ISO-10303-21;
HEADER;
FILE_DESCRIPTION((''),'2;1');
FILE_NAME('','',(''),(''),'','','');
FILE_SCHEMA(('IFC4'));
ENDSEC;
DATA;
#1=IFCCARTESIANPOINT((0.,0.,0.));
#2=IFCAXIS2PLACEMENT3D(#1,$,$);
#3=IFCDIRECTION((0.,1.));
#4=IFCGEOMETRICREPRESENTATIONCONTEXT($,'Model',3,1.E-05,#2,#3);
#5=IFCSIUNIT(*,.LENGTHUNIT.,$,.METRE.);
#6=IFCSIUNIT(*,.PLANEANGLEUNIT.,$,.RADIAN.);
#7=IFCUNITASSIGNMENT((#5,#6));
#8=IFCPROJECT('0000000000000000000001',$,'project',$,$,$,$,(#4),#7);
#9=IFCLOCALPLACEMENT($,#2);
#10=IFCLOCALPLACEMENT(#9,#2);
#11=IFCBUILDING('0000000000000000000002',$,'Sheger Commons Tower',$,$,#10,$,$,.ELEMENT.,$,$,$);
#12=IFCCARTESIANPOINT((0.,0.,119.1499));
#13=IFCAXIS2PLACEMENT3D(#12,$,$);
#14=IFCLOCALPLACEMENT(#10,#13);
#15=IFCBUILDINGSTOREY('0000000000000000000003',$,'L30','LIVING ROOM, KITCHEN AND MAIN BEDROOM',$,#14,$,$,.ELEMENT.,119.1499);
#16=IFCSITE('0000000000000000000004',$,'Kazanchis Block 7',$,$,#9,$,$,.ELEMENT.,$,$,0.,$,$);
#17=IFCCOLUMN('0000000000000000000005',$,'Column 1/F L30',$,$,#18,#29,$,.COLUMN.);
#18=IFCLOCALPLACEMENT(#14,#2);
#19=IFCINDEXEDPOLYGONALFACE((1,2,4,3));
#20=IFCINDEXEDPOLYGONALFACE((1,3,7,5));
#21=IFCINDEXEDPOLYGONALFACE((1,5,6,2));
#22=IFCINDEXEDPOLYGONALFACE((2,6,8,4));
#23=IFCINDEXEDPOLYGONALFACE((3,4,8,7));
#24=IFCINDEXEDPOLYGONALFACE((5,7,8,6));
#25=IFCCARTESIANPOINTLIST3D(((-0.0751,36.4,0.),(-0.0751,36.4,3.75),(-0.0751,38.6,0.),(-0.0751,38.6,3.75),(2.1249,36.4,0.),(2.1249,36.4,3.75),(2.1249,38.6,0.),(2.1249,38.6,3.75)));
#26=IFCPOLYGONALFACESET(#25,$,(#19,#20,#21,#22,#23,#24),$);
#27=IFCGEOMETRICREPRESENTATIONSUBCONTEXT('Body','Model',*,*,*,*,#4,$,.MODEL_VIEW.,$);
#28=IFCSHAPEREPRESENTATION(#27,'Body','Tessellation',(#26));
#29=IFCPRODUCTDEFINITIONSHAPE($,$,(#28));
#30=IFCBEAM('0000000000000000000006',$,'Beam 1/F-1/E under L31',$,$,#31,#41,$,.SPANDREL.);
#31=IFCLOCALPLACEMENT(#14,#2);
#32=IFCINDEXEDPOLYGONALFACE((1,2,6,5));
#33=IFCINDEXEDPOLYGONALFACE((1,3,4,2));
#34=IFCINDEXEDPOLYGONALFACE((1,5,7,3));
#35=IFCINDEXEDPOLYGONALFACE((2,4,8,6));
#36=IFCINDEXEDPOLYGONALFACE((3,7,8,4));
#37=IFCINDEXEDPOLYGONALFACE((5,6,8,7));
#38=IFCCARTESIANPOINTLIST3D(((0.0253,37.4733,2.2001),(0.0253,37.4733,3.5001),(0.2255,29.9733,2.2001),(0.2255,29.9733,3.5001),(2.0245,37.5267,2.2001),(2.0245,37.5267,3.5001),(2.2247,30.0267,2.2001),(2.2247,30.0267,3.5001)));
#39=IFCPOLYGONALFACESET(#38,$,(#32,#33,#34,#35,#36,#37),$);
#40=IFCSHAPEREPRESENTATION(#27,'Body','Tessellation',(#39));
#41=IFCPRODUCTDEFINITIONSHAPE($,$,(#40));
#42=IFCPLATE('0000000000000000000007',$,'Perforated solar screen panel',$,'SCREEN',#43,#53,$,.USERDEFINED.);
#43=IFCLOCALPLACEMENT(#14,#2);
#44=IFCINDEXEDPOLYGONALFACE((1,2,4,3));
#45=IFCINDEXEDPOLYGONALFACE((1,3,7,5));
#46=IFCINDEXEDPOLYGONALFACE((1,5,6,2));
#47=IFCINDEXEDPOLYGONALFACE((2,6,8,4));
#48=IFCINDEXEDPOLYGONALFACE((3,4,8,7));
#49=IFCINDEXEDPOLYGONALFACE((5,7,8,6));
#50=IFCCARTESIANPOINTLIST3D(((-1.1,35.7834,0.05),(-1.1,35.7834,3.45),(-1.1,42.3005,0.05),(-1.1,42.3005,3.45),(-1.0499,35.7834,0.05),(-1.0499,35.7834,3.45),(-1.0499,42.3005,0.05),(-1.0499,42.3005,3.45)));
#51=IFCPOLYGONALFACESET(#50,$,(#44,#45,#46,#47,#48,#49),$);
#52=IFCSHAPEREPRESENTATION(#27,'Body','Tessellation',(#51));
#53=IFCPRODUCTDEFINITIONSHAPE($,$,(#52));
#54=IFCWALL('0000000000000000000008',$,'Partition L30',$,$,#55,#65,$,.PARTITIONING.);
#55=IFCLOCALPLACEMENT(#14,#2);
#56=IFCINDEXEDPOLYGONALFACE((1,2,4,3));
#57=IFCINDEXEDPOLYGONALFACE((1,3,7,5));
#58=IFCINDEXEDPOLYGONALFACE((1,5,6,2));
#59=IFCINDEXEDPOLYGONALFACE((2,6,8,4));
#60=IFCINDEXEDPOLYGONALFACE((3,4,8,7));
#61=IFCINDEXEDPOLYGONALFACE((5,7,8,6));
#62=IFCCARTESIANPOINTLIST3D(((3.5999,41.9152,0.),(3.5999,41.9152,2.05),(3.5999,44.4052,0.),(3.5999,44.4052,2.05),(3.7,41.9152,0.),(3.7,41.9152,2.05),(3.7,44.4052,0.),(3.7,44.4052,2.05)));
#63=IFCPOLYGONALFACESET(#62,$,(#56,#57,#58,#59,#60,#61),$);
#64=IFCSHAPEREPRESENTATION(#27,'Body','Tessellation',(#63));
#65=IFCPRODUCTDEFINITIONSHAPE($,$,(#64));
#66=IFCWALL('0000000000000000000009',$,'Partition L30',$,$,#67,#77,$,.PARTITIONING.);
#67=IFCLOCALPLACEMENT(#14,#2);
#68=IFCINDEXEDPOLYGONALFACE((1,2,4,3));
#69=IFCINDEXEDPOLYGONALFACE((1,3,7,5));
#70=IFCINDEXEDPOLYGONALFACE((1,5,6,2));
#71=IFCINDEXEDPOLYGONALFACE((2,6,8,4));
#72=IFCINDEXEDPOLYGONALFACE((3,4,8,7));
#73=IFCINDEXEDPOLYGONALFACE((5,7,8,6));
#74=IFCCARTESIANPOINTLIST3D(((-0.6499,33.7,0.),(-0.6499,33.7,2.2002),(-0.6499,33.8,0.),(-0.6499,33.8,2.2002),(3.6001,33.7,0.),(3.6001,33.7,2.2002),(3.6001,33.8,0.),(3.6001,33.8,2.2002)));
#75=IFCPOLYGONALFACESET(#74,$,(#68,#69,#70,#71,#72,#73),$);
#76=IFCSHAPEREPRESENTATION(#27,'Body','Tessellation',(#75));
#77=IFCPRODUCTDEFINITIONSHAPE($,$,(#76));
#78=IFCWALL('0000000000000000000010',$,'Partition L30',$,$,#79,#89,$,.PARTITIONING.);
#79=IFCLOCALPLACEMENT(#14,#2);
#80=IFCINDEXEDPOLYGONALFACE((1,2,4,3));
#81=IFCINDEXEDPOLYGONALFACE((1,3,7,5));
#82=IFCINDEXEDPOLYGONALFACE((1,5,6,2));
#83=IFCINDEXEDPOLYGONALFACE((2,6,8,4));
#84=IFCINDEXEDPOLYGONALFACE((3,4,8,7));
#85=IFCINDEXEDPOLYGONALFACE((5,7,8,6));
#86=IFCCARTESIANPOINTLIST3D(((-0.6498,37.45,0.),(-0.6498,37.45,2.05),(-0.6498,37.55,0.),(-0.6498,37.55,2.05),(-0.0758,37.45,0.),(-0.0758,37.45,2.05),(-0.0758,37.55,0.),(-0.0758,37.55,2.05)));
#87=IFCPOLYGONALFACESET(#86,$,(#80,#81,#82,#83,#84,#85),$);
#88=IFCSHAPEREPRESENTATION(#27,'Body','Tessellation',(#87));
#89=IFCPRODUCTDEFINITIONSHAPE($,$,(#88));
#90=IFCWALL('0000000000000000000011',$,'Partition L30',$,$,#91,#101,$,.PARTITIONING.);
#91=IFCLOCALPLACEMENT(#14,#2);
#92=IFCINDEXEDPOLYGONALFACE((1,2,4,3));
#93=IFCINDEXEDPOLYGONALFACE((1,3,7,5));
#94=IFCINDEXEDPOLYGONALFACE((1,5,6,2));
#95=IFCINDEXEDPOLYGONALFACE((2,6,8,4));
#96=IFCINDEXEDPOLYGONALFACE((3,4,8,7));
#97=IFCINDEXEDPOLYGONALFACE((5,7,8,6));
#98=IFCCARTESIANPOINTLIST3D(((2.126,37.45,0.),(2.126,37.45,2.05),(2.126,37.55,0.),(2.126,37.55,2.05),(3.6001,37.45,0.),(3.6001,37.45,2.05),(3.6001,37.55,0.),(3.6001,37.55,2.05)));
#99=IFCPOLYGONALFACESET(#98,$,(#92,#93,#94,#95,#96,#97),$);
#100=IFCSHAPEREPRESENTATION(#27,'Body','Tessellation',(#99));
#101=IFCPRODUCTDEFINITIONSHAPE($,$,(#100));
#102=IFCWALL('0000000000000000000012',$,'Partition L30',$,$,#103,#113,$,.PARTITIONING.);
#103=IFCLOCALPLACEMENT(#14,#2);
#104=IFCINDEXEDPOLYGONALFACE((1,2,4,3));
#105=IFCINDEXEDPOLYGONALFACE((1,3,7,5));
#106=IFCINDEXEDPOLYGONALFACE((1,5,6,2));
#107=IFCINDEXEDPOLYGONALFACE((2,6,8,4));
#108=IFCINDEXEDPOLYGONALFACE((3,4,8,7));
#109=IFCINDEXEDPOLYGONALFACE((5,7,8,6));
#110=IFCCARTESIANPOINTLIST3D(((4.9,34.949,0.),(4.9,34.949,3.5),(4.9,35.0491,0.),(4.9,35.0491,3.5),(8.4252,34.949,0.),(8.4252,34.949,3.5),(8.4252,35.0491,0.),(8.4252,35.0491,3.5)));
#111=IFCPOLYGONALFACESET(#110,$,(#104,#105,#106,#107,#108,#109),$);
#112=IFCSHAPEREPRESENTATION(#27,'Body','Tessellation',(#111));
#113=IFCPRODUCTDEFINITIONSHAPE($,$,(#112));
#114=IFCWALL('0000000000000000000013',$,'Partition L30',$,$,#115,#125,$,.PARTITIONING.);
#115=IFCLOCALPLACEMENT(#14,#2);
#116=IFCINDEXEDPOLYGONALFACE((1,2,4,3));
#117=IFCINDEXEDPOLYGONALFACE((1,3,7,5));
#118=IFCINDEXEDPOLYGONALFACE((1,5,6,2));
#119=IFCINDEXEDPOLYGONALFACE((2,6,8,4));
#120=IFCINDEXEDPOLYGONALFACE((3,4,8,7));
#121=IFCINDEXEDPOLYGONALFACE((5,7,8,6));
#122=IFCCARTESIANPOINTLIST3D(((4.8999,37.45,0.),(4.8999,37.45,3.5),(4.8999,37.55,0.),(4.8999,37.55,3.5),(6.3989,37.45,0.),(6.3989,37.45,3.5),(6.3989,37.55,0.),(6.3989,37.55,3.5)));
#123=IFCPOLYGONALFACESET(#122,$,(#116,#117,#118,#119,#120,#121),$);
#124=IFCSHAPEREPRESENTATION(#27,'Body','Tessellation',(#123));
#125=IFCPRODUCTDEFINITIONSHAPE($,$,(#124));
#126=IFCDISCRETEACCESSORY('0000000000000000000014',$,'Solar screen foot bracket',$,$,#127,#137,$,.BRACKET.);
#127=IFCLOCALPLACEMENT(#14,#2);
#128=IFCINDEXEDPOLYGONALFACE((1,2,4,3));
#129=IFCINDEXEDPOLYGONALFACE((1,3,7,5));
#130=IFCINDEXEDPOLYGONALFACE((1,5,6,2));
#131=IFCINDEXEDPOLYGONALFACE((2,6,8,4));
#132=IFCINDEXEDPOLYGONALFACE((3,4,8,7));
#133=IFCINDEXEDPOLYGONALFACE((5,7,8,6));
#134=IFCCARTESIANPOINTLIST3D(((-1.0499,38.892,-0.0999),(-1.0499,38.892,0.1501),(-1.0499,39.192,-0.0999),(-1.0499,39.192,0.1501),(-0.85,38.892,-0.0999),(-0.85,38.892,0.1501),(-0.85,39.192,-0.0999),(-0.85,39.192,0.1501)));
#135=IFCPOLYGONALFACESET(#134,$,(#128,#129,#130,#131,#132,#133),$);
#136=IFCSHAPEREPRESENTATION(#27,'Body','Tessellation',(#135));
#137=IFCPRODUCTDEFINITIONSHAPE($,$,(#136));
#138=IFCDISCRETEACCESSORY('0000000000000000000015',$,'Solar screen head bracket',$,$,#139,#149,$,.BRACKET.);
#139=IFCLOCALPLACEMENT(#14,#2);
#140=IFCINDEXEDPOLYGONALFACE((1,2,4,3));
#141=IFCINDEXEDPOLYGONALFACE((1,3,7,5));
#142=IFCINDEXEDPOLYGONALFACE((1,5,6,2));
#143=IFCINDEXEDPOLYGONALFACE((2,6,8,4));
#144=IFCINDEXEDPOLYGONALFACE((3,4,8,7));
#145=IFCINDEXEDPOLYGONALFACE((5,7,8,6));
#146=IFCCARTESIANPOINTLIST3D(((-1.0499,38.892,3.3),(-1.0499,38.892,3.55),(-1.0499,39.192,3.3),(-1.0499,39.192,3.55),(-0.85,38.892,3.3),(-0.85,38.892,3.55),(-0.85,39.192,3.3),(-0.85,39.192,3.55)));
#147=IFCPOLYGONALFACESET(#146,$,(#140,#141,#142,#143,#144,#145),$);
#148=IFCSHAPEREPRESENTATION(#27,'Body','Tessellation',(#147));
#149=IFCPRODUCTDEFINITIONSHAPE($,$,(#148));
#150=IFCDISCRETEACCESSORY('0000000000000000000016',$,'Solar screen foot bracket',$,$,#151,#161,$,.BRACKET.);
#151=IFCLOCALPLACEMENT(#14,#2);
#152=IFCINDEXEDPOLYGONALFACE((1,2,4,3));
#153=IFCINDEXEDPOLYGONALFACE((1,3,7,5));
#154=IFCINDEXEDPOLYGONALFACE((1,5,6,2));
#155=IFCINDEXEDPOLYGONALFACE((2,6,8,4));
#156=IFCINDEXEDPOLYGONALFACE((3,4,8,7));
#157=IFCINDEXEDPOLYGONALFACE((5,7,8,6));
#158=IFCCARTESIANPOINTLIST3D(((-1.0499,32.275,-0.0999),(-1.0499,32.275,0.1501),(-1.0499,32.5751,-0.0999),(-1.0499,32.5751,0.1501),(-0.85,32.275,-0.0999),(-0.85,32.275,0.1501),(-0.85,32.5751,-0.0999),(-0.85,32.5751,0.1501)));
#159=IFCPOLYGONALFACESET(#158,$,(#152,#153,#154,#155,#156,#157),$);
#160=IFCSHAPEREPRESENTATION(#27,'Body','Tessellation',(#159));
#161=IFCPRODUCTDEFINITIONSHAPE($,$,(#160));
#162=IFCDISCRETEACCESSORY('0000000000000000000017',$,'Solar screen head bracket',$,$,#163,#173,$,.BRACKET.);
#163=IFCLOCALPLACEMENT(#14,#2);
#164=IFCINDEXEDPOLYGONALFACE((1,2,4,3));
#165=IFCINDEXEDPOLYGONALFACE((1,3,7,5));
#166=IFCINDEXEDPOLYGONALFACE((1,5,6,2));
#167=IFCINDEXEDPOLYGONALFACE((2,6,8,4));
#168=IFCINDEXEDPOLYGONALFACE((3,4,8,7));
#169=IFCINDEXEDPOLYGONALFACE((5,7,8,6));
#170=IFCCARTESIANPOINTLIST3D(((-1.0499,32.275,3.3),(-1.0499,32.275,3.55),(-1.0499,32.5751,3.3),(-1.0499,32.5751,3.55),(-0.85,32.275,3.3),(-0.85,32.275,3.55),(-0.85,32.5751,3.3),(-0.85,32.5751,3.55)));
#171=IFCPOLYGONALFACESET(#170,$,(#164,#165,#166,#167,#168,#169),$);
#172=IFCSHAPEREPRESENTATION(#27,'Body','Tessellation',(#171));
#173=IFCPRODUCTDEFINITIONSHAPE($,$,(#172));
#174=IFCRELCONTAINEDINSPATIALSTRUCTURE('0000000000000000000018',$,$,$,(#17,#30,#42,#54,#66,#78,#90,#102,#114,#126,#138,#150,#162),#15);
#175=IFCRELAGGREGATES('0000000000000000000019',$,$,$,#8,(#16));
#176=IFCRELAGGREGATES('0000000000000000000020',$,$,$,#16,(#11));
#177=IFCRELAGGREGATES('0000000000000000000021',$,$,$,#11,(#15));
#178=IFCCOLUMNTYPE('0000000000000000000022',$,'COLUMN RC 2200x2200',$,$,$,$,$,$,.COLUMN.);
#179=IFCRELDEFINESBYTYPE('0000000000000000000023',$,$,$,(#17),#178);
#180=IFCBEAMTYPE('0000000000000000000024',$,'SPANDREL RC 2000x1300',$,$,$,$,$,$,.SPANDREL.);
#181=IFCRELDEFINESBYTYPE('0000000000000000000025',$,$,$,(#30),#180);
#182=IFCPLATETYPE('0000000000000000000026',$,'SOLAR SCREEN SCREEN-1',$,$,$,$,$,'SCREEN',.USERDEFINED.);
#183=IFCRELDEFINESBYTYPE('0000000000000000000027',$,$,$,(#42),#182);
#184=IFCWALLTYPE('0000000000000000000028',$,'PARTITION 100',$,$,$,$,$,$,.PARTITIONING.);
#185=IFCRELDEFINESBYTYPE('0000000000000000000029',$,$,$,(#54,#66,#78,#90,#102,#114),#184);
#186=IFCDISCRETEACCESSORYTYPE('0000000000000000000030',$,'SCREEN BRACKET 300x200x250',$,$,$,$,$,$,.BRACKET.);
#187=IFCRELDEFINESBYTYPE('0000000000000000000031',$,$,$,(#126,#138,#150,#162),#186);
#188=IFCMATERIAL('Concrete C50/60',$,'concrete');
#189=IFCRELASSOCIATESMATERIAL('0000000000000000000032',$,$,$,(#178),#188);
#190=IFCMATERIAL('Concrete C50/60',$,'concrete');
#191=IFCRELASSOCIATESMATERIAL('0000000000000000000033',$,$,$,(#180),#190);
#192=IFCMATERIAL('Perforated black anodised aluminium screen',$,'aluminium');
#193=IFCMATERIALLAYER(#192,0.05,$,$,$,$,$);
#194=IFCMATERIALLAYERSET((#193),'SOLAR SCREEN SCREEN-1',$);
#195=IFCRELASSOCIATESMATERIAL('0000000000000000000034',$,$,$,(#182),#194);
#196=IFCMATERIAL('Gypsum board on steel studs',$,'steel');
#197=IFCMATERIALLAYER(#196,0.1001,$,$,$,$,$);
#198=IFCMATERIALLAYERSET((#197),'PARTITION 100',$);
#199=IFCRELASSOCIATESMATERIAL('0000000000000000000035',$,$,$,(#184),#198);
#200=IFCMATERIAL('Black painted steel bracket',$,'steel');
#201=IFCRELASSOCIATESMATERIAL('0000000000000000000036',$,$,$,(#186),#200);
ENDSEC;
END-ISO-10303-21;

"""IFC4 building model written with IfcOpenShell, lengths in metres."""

from ifc_helpers import new_model, si_unit, direction, frame, frame_2d, origin, origin_2d, place, context, subcontext, project, spatial, rectangle, extrude, material, layer, layer_set, material_profile, profile_set, type_object, element, save


model = new_model("IFC4")

# Units and contexts
model_context = context("Model", 3, precision=1e-05, world=origin(), true_north=direction((0.0, 1.0)))
body_context = subcontext(model_context, "Body", "Model", "MODEL_VIEW")
ifc_project = project(units=[si_unit("LENGTHUNIT", "METRE"), si_unit("PLANEANGLEUNIT", "RADIAN")], contexts=[model_context])

# Site, building, storey
site_placement = place(None, origin())
site = spatial("IfcSite", under=ifc_project, at=site_placement, Name="Kazanchis Block 7", CompositionType="ELEMENT", RefElevation=0.0)
building_placement = place(site_placement, origin())
building = spatial("IfcBuilding", under=site, at=building_placement, Name="Sheger Commons Tower", CompositionType="ELEMENT")
storey_placement = place(building_placement, frame((0.0, 0.0, 119.1499)))
storey = spatial("IfcBuildingStorey", under=building, at=storey_placement, Name="L30", Description="LIVING ROOM, KITCHEN AND MAIN BEDROOM", CompositionType="ELEMENT", Elevation=119.1499)

# Column
ifc_material_1 = material(Name="Concrete C50/60", Category="concrete")
ifc_material_profile_1 = material_profile(ifc_material_1, rectangle(XDim=2.2, YDim=2.2, at=origin_2d()), Name="RC 2200x2200")
ifc_profile_set_1 = profile_set([ifc_material_profile_1], Name="Concrete C50/60")
column_type = type_object("IfcColumnType", Name="COLUMN RC 2200x2200", PredefinedType="COLUMN", material=ifc_profile_set_1)
column_placement = place(storey_placement, frame((1.0249, 37.5, 0.0), z_axis=(0.0, 0.0, 1.0), x_axis=(1.0, 0.0, 0.0)))
element("IfcColumn", 1, at=column_placement, inside=storey, type_object=column_type, Name="Column 1/F L30", PredefinedType="COLUMN", context=body_context, shape_type="SweptSolid", body=[
    extrude(rectangle(XDim=2.2, YDim=2.2, at=origin_2d()), origin(), (0.0, 0.0, 1.0), 3.75),
])

# Beam
ifc_material_2 = material(Name="Concrete C50/60", Category="concrete")
ifc_material_profile_2 = material_profile(ifc_material_2, rectangle(XDim=2.0, YDim=1.3, at=origin_2d()), Name="RC 2000x1300")
ifc_profile_set_2 = profile_set([ifc_material_profile_2], Name="Concrete C50/60")
beam_type = type_object("IfcBeamType", Name="SPANDREL RC 2000x1300", PredefinedType="SPANDREL", material=ifc_profile_set_2)
beam_placement = place(storey_placement, frame((1.0249, 37.5, 2.8501), z_axis=(0.026683, -0.999644, 0.0), x_axis=(0.999644, 0.026683, 0.0)))
element("IfcBeam", 2, at=beam_placement, inside=storey, type_object=beam_type, Name="Beam 1/F-1/E under L31", PredefinedType="SPANDREL", context=body_context, shape_type="SweptSolid", body=[
    extrude(rectangle(XDim=2.0, YDim=1.3, at=origin_2d()), origin(), (0.0, 0.0, 1.0), 7.5027),
])

# Plate
ifc_material_3 = material(Name="Perforated black anodised aluminium screen", Category="aluminium")
ifc_layer_1 = layer(ifc_material_3, 0.05)
ifc_layer_set_1 = layer_set([ifc_layer_1], Name="SOLAR SCREEN SCREEN-1")
plate_type = type_object("IfcPlateType", Name="SOLAR SCREEN SCREEN-1", ElementType="SCREEN", PredefinedType="USERDEFINED", material=ifc_layer_set_1)
plate_placement = place(storey_placement, frame((-1.075, 39.042, 0.05), z_axis=(0.0, 0.0, 1.0), x_axis=(0.0, -1.0, 0.0)))
element("IfcPlate", 3, at=plate_placement, inside=storey, type_object=plate_type, Name="Perforated solar screen panel", ObjectType="SCREEN", PredefinedType="USERDEFINED", context=body_context, shape_type="SweptSolid", body=[
    extrude(rectangle(XDim=6.5171, YDim=0.05, at=origin_2d()), origin(), (0.0, 0.0, 1.0), 3.3999),
])

# Walls
ifc_material_4 = material(Name="Gypsum board on steel studs", Category="steel")
ifc_layer_2 = layer(ifc_material_4, 0.1001)
ifc_layer_set_2 = layer_set([ifc_layer_2], Name="PARTITION 100")
wall_type = type_object("IfcWallType", Name="PARTITION 100", PredefinedType="PARTITIONING", material=ifc_layer_set_2)
wall_1_placement = place(storey_placement, frame((3.6499, 41.915, 0.0), z_axis=(0.0, 0.0, 1.0), x_axis=(0.0, 1.0, 0.0)))
element("IfcWall", 4, at=wall_1_placement, inside=storey, type_object=wall_type, Name="Partition L30", PredefinedType="PARTITIONING", context=body_context, shape_type="SweptSolid", body=[
    extrude(rectangle(XDim=2.49, YDim=0.1001, at=frame_2d((1.2451, 0.0))), origin(), (0.0, 0.0, 1.0), 2.05),
])
wall_2_placement = place(storey_placement, frame((-0.6499, 33.75, 0.0), z_axis=(0.0, 0.0, 1.0), x_axis=(1.0, 0.0, 0.0)))
element("IfcWall", 5, at=wall_2_placement, inside=storey, type_object=wall_type, Name="Partition L30", PredefinedType="PARTITIONING", context=body_context, shape_type="SweptSolid", body=[
    extrude(rectangle(XDim=4.25, YDim=0.1001, at=frame_2d((2.125, 0.0))), origin(), (0.0, 0.0, 1.0), 2.2002),
])
wall_3_placement = place(storey_placement, frame((-0.6499, 37.5, 0.0), z_axis=(0.0, 0.0, 1.0), x_axis=(1.0, 0.0, 0.0)))
element("IfcWall", 6, at=wall_3_placement, inside=storey, type_object=wall_type, Name="Partition L30", PredefinedType="PARTITIONING", context=body_context, shape_type="SweptSolid", body=[
    extrude(rectangle(XDim=0.574, YDim=0.1001, at=frame_2d((0.2871, 0.0))), origin(), (0.0, 0.0, 1.0), 2.05),
])
wall_4_placement = place(storey_placement, frame((2.126, 37.5, 0.0), z_axis=(0.0, 0.0, 1.0), x_axis=(1.0, 0.0, 0.0)))
element("IfcWall", 7, at=wall_4_placement, inside=storey, type_object=wall_type, Name="Partition L30", PredefinedType="PARTITIONING", context=body_context, shape_type="SweptSolid", body=[
    extrude(rectangle(XDim=1.4741, YDim=0.1001, at=frame_2d((0.7371, 0.0))), origin(), (0.0, 0.0, 1.0), 2.05),
])
wall_5_placement = place(storey_placement, frame((4.8999, 34.999, 0.0), z_axis=(0.0, 0.0, 1.0), x_axis=(1.0, 0.0, 0.0)))
element("IfcWall", 8, at=wall_5_placement, inside=storey, type_object=wall_type, Name="Partition L30", PredefinedType="PARTITIONING", context=body_context, shape_type="SweptSolid", body=[
    extrude(rectangle(XDim=3.5251, YDim=0.1001, at=frame_2d((1.7627, 0.0))), origin(), (0.0, 0.0, 1.0), 3.5),
])
wall_6_placement = place(storey_placement, frame((4.8999, 37.5, 0.0), z_axis=(0.0, 0.0, 1.0), x_axis=(1.0, 0.0, 0.0)))
element("IfcWall", 9, at=wall_6_placement, inside=storey, type_object=wall_type, Name="Partition L30", PredefinedType="PARTITIONING", context=body_context, shape_type="SweptSolid", body=[
    extrude(rectangle(XDim=1.499, YDim=0.1001, at=frame_2d((0.7495, 0.0))), origin(), (0.0, 0.0, 1.0), 3.5),
])

# Discrete accessories
ifc_material_5 = material(Name="Black painted steel bracket", Category="steel")
discrete_accessory_type = type_object("IfcDiscreteAccessoryType", Name="SCREEN BRACKET 300x200x250", PredefinedType="BRACKET", material=ifc_material_5)
for number, where, z_axis, x_axis, name in (
    (10, (-0.95, 39.042, -0.0999), (0.0, 0.0, 1.0), (0.0, -1.0, 0.0), "Solar screen foot bracket"),
    (11, (-0.95, 39.042, 3.3), (0.0, 0.0, 1.0), (0.0, -1.0, 0.0), "Solar screen head bracket"),
    (12, (-0.95, 32.425, -0.0999), (0.0, 0.0, 1.0), (0.0, -1.0, 0.0), "Solar screen foot bracket"),
    (13, (-0.95, 32.425, 3.3), (0.0, 0.0, 1.0), (0.0, -1.0, 0.0), "Solar screen head bracket"),
):
    element("IfcDiscreteAccessory", number, at=place(storey_placement, frame(where, z_axis=z_axis, x_axis=x_axis)), inside=storey, type_object=discrete_accessory_type, Name=name, PredefinedType="BRACKET", context=body_context, shape_type="SweptSolid", body=[
        extrude(rectangle(XDim=0.3, YDim=0.2, at=origin_2d()), origin(), (0.0, 0.0, 1.0), 0.25),
    ])

save(model, "model.ifc")
